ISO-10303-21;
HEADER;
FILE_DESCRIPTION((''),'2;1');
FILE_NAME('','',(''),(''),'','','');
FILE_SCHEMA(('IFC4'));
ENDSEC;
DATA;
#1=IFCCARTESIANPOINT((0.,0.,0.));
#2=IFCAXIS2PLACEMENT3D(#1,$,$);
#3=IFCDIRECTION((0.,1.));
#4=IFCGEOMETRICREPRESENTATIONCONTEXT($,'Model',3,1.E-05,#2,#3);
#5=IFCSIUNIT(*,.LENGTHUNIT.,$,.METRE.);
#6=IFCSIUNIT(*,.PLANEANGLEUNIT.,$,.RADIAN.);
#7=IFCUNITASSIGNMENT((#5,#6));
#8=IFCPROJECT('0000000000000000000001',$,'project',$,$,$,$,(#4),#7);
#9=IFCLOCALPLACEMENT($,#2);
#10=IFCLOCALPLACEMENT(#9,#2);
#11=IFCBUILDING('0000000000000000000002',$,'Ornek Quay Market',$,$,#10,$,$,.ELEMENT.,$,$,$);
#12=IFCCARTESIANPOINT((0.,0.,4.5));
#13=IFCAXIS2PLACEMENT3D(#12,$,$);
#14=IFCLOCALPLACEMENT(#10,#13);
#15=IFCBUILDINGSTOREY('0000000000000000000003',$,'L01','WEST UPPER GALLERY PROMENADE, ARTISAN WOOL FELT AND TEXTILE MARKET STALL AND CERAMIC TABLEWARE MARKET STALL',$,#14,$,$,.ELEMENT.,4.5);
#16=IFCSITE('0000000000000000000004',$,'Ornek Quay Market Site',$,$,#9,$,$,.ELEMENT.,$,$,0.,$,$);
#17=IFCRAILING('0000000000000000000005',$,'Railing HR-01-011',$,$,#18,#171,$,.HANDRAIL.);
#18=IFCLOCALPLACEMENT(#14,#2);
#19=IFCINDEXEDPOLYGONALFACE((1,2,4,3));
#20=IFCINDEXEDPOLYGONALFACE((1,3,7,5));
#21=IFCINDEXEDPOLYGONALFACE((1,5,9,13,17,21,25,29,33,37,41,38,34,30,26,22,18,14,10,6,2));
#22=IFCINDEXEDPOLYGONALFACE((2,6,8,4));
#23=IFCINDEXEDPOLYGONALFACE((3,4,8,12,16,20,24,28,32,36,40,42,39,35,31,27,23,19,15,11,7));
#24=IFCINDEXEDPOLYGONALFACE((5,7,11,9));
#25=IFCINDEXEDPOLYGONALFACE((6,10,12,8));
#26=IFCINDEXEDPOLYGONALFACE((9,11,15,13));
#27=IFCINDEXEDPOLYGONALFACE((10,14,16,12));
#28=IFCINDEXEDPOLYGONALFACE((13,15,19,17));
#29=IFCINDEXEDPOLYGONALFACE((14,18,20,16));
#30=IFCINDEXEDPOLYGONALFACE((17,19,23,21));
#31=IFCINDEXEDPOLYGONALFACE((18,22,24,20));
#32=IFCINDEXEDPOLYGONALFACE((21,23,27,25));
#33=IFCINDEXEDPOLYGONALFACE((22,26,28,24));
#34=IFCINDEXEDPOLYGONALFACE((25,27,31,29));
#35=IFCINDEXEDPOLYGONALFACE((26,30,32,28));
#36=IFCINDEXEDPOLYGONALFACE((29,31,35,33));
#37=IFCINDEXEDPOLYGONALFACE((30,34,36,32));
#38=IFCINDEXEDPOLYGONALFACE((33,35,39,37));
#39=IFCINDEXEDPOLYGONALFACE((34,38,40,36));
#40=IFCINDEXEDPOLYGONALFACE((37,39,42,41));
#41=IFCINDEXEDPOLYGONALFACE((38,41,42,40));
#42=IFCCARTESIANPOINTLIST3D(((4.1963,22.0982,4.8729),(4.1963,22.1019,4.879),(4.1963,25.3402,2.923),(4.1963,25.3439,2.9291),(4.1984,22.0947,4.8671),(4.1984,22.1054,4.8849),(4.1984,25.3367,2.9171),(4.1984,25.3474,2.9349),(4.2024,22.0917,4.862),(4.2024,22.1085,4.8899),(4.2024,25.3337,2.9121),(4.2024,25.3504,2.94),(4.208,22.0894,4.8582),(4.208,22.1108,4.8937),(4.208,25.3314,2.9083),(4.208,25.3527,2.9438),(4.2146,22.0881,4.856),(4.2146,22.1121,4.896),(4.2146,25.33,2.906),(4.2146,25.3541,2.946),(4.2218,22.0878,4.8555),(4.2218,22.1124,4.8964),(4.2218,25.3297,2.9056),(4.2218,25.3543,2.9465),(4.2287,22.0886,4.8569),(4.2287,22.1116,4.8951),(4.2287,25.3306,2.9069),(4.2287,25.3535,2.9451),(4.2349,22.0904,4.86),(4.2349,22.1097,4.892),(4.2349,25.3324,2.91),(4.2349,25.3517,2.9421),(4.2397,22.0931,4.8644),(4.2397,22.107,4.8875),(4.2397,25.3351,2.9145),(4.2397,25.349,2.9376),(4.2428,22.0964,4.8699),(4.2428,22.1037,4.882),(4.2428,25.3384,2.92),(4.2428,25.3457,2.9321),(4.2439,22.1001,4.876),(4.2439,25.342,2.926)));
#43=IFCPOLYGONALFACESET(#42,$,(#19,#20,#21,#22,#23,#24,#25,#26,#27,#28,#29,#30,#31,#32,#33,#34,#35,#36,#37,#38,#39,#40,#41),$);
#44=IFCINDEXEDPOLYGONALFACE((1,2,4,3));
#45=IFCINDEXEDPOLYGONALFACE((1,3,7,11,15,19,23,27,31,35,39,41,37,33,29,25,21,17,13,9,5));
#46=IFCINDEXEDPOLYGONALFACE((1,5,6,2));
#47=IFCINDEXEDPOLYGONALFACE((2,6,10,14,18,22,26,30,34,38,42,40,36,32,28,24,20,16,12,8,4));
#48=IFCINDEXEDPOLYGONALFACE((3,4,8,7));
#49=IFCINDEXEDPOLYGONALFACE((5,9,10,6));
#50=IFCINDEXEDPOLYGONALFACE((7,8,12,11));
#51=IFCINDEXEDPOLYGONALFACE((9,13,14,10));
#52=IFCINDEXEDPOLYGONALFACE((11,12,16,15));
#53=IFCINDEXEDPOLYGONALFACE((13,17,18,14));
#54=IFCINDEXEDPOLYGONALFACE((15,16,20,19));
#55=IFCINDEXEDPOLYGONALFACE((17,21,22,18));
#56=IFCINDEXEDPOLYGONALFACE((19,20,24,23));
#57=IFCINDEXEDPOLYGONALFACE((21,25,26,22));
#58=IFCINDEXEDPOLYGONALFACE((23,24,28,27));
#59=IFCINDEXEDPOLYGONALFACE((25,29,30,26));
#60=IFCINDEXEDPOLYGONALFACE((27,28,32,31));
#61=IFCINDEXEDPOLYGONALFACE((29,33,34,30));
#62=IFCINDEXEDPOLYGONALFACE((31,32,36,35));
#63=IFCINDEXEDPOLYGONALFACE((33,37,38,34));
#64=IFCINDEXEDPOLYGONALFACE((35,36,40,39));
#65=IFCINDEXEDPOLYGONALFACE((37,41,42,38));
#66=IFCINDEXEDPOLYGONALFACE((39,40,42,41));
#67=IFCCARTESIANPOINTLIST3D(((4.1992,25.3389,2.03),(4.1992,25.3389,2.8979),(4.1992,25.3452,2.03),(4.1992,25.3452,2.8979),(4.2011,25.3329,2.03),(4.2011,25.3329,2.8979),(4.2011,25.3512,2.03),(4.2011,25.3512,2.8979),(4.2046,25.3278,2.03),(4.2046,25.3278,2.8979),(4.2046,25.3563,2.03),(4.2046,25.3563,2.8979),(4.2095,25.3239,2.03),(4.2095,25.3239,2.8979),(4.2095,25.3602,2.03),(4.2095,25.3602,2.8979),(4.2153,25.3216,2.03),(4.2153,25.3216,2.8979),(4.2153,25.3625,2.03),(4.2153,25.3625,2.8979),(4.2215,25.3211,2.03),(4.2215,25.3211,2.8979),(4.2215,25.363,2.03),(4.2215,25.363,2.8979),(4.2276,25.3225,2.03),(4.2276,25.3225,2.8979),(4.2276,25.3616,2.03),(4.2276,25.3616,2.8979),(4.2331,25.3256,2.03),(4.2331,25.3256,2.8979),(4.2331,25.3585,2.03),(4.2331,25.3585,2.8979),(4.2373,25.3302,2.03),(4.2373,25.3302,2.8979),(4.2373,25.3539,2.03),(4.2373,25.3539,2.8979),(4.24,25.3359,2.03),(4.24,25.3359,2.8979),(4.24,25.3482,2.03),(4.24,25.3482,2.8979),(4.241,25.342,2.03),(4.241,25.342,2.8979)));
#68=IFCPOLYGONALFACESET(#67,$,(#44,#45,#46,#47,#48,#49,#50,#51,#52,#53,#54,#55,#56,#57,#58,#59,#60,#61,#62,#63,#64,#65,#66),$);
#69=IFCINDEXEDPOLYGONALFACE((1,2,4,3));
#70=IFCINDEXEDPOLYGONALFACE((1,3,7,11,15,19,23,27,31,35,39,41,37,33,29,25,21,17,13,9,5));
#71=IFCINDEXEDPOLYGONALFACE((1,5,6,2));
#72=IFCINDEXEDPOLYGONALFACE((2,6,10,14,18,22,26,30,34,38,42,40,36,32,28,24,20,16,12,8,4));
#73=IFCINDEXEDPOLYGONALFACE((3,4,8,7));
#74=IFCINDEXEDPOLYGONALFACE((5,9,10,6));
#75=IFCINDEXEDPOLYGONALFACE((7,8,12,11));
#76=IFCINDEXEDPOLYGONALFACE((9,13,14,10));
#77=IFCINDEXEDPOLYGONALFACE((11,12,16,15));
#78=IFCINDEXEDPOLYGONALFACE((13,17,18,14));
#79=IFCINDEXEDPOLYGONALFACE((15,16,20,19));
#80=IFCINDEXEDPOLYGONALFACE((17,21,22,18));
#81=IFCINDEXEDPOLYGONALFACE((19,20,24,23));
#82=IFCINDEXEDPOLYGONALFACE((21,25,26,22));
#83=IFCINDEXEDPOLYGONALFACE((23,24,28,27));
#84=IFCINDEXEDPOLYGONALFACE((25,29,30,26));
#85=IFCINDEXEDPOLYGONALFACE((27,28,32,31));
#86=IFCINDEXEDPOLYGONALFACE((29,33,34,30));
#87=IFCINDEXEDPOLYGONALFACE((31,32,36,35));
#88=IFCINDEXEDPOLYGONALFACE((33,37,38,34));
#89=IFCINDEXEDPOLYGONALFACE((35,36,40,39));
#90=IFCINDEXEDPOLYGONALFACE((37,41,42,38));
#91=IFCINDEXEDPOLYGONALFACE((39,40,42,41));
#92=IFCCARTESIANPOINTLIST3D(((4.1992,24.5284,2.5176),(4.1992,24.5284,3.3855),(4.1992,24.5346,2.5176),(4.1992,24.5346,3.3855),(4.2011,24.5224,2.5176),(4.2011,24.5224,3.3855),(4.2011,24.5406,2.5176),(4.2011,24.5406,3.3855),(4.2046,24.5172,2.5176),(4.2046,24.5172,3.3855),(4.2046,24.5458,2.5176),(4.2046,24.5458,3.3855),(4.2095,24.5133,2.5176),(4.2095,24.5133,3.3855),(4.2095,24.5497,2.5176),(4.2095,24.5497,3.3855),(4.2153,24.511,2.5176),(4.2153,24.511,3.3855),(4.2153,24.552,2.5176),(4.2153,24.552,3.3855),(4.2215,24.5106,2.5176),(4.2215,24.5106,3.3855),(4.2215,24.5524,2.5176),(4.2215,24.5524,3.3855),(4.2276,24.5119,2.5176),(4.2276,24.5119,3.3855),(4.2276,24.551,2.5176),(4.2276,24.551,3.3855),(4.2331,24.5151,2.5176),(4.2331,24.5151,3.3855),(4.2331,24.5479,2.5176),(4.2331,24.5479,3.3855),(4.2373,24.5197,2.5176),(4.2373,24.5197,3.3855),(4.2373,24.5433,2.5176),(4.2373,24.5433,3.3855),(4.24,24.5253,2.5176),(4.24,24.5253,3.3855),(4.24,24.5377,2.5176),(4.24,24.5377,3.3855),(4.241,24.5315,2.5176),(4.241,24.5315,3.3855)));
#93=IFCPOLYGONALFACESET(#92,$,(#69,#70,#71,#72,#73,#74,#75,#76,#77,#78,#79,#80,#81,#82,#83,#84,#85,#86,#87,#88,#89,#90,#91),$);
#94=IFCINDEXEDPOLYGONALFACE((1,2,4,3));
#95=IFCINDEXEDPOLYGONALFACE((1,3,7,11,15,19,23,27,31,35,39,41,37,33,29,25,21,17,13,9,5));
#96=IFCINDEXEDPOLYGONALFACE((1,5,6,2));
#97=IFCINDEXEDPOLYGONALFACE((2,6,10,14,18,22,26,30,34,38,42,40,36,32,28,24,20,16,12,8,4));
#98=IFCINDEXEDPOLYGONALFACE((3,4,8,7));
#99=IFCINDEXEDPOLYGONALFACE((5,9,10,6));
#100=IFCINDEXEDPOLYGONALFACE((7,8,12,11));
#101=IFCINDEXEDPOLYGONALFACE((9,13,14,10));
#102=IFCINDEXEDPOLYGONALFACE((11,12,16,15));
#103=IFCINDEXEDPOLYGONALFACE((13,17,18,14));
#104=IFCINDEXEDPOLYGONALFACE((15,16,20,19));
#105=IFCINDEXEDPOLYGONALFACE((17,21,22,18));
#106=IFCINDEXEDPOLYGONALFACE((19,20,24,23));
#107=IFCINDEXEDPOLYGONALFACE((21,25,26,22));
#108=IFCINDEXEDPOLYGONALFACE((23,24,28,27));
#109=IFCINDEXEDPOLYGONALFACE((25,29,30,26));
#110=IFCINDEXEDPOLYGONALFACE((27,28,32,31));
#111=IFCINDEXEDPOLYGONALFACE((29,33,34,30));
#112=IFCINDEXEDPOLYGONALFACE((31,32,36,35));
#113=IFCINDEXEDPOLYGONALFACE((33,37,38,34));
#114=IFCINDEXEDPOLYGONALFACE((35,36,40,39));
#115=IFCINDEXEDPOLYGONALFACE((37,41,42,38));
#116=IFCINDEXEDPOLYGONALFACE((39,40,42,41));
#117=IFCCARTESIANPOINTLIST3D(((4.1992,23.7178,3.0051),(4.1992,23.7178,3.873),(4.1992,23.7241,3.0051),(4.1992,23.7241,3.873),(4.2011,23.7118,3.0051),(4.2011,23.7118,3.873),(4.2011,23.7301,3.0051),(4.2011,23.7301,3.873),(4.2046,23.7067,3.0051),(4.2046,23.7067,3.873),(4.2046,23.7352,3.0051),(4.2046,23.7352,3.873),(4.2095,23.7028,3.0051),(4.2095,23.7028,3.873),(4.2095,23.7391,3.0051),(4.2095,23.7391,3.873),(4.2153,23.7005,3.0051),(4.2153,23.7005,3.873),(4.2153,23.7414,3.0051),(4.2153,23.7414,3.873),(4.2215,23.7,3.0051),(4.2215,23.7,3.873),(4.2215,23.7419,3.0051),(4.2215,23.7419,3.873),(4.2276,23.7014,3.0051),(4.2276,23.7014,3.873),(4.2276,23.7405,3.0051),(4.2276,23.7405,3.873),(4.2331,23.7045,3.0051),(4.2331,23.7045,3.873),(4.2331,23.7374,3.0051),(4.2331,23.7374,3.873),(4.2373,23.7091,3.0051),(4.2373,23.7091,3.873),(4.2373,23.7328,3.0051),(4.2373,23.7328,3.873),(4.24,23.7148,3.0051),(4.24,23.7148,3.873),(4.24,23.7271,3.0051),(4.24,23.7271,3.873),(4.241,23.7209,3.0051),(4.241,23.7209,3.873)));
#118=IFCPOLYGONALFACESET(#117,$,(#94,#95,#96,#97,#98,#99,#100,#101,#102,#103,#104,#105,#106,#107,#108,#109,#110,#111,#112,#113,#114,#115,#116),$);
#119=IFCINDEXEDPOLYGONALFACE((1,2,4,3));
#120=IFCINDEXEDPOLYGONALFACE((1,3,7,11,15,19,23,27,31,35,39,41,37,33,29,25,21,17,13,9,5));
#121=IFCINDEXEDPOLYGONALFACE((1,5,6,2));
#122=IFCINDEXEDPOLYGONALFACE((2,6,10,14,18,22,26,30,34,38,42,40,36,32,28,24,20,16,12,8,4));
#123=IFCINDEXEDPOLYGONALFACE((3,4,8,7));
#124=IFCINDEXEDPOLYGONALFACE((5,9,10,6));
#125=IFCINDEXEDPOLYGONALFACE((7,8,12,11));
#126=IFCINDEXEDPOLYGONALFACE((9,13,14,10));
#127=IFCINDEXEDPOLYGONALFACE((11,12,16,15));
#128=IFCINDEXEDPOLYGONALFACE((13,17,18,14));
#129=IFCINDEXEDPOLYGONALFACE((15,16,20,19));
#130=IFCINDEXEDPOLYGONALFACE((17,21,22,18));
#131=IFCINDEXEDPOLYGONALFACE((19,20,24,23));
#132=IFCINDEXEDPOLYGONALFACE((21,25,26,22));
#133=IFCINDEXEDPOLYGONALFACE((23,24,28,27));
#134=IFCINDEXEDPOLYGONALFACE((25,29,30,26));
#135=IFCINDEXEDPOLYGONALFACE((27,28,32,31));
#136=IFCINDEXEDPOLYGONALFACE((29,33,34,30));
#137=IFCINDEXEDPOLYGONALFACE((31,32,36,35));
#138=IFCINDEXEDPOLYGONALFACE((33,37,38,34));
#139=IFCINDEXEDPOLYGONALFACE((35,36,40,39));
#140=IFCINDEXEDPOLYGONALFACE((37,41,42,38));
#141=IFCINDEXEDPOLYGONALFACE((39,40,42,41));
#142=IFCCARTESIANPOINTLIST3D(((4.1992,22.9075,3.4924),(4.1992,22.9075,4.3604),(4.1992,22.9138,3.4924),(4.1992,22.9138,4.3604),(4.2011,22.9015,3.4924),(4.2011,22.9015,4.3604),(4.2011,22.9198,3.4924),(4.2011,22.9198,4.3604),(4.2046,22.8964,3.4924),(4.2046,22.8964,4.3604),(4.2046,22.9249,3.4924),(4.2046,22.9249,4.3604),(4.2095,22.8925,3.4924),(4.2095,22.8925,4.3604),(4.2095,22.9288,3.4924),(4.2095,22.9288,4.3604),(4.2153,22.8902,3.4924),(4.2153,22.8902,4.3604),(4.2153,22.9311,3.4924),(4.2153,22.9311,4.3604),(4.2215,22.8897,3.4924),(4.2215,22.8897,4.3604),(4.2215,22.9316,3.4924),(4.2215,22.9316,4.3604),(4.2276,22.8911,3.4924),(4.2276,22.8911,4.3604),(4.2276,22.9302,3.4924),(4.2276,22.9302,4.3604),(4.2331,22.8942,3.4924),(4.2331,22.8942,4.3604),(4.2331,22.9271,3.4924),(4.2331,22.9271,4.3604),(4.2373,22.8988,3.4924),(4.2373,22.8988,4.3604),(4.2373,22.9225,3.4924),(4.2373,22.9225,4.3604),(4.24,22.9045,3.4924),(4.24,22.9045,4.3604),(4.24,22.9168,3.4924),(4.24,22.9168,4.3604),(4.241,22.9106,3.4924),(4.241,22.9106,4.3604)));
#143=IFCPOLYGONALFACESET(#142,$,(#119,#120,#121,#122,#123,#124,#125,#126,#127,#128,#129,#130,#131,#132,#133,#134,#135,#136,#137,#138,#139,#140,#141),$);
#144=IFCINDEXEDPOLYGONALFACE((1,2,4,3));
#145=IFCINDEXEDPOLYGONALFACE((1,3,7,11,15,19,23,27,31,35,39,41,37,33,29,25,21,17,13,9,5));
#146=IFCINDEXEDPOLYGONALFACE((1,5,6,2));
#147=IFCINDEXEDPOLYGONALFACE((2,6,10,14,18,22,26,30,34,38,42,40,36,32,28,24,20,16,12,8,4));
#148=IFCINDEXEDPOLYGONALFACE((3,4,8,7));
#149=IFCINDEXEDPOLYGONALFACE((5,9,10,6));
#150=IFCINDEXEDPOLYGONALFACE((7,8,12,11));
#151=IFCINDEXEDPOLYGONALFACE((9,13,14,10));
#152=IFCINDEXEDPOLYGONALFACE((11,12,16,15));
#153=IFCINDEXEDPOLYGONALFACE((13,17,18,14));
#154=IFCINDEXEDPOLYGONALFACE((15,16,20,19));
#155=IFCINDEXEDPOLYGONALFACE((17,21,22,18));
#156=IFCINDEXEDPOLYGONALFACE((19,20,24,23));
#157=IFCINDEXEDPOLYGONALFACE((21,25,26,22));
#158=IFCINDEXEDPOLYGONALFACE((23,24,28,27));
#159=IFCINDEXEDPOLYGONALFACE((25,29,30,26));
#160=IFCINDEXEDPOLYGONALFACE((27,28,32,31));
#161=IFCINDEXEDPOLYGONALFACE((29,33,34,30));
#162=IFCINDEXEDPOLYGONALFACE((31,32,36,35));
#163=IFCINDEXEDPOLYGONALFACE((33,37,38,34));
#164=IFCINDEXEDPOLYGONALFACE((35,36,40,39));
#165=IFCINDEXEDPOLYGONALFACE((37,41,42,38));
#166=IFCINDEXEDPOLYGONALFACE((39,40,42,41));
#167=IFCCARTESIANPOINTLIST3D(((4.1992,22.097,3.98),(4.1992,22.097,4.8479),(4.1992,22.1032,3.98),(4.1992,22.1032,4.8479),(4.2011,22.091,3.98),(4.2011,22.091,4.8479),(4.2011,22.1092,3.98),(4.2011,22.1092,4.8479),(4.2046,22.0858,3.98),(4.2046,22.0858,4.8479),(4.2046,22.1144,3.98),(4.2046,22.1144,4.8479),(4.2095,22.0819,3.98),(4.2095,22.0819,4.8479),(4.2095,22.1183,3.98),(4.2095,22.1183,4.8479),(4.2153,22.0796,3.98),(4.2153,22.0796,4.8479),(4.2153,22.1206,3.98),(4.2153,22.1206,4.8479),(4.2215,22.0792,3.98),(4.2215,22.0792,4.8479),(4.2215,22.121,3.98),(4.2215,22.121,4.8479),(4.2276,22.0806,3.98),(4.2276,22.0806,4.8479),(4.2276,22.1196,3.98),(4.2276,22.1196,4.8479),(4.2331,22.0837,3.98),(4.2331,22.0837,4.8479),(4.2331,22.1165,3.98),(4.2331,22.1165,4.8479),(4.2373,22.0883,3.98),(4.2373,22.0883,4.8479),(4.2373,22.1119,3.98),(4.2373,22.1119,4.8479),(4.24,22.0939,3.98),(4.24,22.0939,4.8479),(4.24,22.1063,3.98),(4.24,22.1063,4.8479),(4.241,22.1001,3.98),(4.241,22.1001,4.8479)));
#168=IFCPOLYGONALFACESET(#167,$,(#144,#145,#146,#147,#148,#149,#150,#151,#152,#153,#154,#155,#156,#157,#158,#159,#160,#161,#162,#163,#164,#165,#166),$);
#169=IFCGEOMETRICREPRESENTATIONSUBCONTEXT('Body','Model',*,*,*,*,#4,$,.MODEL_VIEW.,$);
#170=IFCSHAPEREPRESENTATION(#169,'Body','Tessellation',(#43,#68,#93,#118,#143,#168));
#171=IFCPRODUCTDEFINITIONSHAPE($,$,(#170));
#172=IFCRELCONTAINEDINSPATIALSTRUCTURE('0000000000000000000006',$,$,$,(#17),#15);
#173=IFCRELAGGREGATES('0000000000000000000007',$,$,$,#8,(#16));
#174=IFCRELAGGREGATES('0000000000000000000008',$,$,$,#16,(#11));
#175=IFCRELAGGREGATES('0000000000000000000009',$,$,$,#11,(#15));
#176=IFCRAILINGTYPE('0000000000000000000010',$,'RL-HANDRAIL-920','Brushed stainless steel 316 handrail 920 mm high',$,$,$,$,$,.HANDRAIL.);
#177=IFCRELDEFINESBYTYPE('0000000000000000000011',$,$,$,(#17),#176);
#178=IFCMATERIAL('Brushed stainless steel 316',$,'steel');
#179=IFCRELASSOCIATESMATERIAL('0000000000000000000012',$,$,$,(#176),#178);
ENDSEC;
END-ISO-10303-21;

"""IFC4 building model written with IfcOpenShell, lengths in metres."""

from ifc_helpers import new_model, si_unit, direction, frame, origin, origin_2d, place, context, subcontext, project, spatial, circle, extrude, material, type_object, element, save


model = new_model("IFC4")

# Units and contexts
model_context = context("Model", 3, precision=1e-05, world=origin(), true_north=direction((0.0, 1.0)))
body_context = subcontext(model_context, "Body", "Model", "MODEL_VIEW")
ifc_project = project(units=[si_unit("LENGTHUNIT", "METRE"), si_unit("PLANEANGLEUNIT", "RADIAN")], contexts=[model_context])

# Site, building, storey
site_placement = place(None, origin())
site = spatial("IfcSite", under=ifc_project, at=site_placement, Name="Ornek Quay Market Site", CompositionType="ELEMENT", RefElevation=0.0)
building_placement = place(site_placement, origin())
building = spatial("IfcBuilding", under=site, at=building_placement, Name="Ornek Quay Market", CompositionType="ELEMENT")
storey_placement = place(building_placement, frame((0.0, 0.0, 4.5)))
storey = spatial("IfcBuildingStorey", under=building, at=storey_placement, Name="L01", Description="WEST UPPER GALLERY PROMENADE, ARTISAN WOOL FELT AND TEXTILE MARKET STALL AND CERAMIC TABLEWARE MARKET STALL", CompositionType="ELEMENT", Elevation=4.5)

# Railing
ifc_material_1 = material(Name="Brushed stainless steel 316", Category="steel")
railing_type_1 = type_object("IfcRailingType", Name="RL-HANDRAIL-920", Description="Brushed stainless steel 316 handrail 920 mm high", PredefinedType="HANDRAIL", material=ifc_material_1)
railing_1_placement = place(storey_placement, frame((4.22, 25.342, 2.03)))
element("IfcRailing", 1, at=railing_1_placement, inside=storey, type_object=railing_type_1, Name="Railing HR-01-011", PredefinedType="HANDRAIL", context=body_context, shape_type="SweptSolid", body=[
    extrude(circle(Radius=0.0239, at=origin_2d()), frame((0.0, 0.0, 0.896), z_axis=(0.0, -0.856934, 0.515425), x_axis=(1.0, 0.0, 0.0)), (0.0, 0.0, 1.0), 3.7832),
    extrude(circle(Radius=0.021, at=origin_2d()), origin(), (0.0, 0.0, 1.0), 0.8679),
    extrude(circle(Radius=0.021, at=origin_2d()), frame((0.0, -0.8105, 0.4875)), (0.0, 0.0, 1.0), 0.8679),
    extrude(circle(Radius=0.021, at=origin_2d()), frame((0.0, -1.6211, 0.9751)), (0.0, 0.0, 1.0), 0.8679),
    extrude(circle(Radius=0.021, at=origin_2d()), frame((0.0, -2.4314, 1.4624)), (0.0, 0.0, 1.0), 0.8679),
    extrude(circle(Radius=0.021, at=origin_2d()), frame((0.0, -3.2419, 1.95)), (0.0, 0.0, 1.0), 0.8679),
])

save(model, "model.ifc")
